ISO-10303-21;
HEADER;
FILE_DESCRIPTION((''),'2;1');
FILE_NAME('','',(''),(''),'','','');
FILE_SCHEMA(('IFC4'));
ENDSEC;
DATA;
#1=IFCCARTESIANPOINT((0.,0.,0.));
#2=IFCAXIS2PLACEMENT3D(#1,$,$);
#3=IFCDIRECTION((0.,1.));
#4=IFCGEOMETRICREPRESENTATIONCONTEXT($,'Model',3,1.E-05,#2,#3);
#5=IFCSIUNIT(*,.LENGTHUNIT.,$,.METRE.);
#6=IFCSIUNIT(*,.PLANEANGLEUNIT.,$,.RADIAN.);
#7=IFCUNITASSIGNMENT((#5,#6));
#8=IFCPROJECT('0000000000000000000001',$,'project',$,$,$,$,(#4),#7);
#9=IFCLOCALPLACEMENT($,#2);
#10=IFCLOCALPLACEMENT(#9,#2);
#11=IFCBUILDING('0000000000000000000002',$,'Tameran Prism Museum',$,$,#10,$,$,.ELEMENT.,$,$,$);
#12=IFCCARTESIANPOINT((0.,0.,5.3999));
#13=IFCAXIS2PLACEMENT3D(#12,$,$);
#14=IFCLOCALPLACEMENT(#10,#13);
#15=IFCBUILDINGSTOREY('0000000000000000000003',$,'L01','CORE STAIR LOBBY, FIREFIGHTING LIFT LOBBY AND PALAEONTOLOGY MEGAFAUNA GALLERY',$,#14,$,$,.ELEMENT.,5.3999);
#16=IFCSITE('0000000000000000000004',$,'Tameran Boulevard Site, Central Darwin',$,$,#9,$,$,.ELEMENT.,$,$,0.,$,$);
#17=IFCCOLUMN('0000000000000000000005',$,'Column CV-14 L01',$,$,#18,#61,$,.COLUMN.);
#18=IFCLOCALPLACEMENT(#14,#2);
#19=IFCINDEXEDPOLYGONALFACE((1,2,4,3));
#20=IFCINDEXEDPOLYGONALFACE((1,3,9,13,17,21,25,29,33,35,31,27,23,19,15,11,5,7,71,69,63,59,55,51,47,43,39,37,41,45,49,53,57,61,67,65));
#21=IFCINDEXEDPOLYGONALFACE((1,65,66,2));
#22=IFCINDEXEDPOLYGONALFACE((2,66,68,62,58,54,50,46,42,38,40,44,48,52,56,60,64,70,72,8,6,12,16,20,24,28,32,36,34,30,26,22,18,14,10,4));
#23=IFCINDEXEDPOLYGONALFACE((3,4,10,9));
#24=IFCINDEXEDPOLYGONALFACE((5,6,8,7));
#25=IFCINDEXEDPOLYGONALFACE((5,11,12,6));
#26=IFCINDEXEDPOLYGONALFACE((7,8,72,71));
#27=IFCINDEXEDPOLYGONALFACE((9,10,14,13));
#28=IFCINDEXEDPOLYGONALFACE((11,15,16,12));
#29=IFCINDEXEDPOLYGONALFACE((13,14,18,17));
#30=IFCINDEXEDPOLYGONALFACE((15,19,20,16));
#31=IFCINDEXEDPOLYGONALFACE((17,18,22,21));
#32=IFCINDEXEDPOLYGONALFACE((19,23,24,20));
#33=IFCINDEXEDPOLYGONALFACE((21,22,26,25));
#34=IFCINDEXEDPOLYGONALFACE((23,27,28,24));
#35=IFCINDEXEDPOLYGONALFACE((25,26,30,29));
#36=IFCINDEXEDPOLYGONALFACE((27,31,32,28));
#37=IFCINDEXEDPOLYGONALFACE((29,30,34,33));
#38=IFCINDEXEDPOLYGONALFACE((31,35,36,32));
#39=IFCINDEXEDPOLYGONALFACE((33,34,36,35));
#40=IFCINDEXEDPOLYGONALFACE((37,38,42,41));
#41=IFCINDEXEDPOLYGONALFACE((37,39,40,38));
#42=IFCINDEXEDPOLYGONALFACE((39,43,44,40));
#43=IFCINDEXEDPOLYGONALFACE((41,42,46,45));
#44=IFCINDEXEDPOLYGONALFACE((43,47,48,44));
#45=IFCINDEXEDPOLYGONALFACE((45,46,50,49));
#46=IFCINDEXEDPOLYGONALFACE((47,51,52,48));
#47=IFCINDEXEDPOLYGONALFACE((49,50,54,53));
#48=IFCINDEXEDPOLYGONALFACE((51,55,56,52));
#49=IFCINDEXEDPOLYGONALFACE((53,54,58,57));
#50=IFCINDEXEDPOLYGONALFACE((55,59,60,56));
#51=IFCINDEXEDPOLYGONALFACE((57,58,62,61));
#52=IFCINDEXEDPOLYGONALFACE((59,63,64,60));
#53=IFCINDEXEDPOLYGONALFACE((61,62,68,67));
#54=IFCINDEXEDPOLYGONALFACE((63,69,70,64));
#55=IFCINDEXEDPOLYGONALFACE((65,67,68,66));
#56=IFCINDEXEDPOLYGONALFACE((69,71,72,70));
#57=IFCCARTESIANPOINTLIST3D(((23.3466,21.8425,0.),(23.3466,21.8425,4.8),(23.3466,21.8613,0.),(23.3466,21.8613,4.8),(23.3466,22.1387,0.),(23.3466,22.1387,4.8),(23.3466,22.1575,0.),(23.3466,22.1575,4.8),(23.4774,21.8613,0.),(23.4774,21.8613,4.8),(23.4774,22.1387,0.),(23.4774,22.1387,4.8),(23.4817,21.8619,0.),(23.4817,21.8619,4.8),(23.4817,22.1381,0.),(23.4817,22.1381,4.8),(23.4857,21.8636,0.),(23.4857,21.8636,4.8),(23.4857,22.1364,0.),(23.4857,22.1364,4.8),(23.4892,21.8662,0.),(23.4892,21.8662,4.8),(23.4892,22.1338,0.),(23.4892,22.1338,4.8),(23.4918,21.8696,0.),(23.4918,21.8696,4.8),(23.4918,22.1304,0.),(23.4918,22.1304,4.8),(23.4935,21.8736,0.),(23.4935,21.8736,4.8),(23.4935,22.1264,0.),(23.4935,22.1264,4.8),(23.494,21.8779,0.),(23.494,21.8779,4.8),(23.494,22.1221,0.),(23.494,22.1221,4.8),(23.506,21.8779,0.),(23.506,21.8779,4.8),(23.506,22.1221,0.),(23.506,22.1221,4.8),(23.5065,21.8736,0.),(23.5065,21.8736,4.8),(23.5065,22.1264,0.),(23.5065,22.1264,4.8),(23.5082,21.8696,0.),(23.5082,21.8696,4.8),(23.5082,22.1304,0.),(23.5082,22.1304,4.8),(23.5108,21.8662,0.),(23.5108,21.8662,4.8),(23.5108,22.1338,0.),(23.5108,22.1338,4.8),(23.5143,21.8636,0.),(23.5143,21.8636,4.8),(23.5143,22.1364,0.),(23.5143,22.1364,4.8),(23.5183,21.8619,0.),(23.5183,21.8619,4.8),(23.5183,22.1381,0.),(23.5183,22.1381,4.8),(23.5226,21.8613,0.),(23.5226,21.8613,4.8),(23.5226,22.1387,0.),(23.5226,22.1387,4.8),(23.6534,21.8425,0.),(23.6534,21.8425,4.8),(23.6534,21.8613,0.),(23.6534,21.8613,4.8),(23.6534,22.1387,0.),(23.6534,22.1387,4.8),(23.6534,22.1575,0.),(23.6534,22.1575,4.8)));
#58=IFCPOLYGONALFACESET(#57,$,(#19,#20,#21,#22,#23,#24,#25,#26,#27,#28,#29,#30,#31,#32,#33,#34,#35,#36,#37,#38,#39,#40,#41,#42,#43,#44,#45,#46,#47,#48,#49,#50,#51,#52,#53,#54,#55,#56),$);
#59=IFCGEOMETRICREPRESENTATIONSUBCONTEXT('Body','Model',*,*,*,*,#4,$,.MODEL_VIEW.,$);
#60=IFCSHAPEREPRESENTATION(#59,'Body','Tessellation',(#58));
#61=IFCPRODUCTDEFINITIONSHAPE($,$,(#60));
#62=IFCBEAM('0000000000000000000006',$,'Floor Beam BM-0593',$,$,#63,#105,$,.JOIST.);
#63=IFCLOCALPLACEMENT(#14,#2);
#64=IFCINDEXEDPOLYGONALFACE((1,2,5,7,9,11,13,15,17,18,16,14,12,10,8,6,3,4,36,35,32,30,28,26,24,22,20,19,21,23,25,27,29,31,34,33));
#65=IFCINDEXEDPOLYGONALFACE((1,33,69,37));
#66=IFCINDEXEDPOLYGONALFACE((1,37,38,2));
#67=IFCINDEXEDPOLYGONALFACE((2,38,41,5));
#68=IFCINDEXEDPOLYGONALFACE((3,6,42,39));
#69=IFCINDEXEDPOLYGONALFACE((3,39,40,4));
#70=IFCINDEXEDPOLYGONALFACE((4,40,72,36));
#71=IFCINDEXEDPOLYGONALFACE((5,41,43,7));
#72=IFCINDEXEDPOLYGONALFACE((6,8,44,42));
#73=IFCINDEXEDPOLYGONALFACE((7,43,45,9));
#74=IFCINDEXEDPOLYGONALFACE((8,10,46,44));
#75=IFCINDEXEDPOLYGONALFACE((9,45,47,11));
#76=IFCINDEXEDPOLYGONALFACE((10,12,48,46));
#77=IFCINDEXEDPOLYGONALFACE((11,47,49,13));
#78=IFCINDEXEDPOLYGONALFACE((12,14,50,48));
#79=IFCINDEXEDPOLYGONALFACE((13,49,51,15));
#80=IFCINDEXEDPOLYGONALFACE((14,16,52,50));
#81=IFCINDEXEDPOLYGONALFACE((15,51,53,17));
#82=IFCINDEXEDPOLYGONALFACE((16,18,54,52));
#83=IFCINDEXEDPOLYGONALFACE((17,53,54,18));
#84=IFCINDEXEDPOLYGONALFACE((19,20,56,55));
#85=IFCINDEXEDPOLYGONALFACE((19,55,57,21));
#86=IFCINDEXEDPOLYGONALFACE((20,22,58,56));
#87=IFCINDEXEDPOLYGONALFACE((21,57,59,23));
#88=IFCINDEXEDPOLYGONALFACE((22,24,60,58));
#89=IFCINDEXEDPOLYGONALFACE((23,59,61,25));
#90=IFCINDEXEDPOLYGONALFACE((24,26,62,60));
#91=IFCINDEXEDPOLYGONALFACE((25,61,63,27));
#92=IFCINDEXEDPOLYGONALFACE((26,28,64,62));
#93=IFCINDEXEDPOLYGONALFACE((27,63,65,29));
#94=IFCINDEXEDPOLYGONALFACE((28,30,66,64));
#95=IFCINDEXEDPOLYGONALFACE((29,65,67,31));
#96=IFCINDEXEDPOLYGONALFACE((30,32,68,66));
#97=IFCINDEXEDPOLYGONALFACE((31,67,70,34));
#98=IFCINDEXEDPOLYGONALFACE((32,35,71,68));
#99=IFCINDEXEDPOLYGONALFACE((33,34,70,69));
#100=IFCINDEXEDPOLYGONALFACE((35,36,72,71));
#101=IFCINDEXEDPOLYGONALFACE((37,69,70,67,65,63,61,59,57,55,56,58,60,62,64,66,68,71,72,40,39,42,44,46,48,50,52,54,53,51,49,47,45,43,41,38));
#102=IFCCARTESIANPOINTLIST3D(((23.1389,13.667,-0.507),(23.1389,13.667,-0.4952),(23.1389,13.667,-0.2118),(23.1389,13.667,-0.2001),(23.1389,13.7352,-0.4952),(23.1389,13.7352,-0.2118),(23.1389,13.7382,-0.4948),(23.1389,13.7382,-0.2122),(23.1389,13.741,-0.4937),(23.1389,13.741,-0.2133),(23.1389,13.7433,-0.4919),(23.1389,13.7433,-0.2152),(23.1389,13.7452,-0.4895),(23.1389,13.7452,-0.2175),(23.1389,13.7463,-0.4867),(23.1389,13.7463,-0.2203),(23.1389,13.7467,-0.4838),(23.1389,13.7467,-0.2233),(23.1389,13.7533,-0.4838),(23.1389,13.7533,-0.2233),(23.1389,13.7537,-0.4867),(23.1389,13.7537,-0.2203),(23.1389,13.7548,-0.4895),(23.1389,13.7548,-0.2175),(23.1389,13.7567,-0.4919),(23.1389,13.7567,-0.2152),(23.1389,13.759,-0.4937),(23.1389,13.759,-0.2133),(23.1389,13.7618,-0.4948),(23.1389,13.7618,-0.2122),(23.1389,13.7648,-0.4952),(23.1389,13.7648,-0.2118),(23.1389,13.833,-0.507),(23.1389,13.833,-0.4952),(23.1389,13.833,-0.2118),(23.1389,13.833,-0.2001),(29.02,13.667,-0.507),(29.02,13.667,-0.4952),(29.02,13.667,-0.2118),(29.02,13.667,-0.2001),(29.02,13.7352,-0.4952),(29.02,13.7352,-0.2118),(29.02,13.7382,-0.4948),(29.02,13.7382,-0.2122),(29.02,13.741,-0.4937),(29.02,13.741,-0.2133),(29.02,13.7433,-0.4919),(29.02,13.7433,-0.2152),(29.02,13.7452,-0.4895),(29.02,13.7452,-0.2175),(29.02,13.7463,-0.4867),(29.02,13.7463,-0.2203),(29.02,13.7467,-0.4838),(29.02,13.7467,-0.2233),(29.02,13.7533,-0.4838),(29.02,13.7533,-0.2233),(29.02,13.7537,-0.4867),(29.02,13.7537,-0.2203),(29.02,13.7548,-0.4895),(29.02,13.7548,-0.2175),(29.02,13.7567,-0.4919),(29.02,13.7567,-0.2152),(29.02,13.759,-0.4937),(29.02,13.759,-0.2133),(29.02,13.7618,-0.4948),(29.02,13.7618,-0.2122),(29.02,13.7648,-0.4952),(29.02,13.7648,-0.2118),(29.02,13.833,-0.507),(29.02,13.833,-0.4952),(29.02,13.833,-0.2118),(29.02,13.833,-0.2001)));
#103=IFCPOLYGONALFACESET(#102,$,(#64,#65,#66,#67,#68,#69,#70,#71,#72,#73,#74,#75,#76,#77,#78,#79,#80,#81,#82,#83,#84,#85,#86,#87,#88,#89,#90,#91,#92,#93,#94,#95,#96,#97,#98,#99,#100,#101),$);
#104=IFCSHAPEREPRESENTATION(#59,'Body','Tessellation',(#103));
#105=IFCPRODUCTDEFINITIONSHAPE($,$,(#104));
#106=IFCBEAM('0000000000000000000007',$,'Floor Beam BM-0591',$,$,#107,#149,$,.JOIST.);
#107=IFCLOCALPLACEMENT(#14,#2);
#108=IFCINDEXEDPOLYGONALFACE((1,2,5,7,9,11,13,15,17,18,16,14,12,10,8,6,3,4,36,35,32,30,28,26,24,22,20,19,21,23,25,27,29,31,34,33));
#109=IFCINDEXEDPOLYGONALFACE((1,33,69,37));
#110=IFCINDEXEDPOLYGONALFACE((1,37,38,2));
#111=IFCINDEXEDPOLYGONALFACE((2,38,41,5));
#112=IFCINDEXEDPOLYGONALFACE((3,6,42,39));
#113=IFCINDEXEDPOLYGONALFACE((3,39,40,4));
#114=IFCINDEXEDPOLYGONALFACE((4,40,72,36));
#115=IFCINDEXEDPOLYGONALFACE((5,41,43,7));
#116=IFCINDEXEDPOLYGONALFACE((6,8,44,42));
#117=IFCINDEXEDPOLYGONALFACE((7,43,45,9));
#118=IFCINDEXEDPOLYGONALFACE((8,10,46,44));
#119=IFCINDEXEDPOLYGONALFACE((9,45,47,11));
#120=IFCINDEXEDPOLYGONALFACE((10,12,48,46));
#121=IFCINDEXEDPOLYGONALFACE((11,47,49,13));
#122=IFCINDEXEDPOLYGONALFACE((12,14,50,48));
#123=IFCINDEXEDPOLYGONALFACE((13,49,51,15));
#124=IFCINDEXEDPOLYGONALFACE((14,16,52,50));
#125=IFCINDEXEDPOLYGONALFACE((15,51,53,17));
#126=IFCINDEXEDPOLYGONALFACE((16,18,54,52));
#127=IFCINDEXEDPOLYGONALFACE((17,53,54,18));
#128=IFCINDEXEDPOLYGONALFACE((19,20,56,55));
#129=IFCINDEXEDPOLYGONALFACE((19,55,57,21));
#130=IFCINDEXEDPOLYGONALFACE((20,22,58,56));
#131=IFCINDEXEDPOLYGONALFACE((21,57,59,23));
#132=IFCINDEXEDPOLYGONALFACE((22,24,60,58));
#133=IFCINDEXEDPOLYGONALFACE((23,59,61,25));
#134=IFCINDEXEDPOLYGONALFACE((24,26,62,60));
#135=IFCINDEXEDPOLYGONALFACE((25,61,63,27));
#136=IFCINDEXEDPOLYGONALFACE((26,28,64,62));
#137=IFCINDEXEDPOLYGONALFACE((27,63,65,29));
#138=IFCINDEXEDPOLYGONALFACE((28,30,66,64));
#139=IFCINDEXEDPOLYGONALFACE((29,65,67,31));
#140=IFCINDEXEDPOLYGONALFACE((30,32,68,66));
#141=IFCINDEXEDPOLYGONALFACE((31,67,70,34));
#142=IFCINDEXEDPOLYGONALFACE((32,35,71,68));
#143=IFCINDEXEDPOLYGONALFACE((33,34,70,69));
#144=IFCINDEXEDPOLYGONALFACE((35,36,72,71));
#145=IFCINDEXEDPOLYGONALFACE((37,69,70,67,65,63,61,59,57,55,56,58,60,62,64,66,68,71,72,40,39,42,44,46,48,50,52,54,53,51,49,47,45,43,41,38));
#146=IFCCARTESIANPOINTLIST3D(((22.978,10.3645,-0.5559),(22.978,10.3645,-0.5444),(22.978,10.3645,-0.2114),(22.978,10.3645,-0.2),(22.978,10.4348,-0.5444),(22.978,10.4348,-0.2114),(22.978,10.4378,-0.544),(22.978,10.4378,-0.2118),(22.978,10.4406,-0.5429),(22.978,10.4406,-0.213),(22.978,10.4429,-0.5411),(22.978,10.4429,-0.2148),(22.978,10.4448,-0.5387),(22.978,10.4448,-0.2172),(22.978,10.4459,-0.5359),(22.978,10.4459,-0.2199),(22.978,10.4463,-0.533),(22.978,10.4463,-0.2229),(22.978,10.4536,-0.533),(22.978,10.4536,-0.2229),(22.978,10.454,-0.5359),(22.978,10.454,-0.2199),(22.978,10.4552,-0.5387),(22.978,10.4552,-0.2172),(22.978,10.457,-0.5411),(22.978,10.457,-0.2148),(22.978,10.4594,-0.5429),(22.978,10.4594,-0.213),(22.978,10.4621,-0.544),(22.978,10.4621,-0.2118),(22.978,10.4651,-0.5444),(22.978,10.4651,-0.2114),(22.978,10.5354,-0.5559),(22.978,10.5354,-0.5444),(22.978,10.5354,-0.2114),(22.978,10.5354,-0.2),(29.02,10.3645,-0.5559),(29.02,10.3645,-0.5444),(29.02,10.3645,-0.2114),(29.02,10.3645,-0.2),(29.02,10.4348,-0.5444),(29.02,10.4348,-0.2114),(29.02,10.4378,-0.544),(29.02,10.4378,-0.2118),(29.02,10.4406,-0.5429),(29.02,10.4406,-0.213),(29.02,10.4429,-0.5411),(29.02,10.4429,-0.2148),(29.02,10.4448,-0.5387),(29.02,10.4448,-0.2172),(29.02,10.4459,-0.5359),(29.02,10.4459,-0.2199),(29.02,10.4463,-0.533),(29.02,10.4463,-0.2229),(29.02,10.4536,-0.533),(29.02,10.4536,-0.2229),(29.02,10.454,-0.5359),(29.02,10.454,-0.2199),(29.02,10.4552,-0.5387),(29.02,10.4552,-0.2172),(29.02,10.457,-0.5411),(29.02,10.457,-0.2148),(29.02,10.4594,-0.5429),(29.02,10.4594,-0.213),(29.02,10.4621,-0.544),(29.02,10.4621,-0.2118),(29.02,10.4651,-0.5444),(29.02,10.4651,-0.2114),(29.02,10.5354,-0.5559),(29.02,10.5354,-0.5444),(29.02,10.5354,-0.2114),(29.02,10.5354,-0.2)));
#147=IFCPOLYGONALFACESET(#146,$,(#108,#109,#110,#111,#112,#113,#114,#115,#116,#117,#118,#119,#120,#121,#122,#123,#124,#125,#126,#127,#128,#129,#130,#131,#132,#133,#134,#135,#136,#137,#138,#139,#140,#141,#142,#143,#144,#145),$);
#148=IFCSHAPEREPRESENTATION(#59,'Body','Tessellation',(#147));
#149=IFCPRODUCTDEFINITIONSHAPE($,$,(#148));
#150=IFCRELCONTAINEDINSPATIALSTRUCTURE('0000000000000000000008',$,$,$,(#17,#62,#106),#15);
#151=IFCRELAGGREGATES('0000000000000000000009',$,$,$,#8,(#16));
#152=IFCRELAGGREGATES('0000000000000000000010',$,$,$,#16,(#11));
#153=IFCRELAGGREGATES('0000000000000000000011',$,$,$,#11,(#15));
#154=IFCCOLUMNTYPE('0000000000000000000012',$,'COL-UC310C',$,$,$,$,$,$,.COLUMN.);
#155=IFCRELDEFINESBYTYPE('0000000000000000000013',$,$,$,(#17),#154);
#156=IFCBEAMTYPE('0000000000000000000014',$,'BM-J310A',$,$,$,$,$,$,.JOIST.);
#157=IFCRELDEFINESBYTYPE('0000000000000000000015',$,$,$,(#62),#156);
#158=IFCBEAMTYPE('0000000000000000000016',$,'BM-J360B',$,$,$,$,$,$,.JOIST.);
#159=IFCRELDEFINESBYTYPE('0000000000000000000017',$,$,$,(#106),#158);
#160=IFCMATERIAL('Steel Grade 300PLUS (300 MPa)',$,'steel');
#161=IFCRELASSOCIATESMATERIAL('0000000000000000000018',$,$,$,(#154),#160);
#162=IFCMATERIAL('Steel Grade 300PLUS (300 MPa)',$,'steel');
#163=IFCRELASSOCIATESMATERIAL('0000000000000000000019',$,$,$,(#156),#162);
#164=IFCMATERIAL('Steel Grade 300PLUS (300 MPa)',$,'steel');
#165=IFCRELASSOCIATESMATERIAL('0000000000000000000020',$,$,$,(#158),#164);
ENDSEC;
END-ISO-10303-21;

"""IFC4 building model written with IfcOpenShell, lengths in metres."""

from ifc_helpers import new_model, si_unit, direction, frame, origin, origin_2d, place, context, subcontext, project, spatial, i_section, extrude, material, material_profile, profile_set, type_object, element, save


model = new_model("IFC4")

# Units and contexts
model_context = context("Model", 3, precision=1e-05, world=origin(), true_north=direction((0.0, 1.0)))
body_context = subcontext(model_context, "Body", "Model", "MODEL_VIEW")
ifc_project = project(units=[si_unit("LENGTHUNIT", "METRE"), si_unit("PLANEANGLEUNIT", "RADIAN")], contexts=[model_context])

# Site, building, storey
site_placement = place(None, origin())
site = spatial("IfcSite", under=ifc_project, at=site_placement, Name="Tameran Boulevard Site, Central Darwin", CompositionType="ELEMENT", RefElevation=0.0)
building_placement = place(site_placement, origin())
building = spatial("IfcBuilding", under=site, at=building_placement, Name="Tameran Prism Museum", CompositionType="ELEMENT")
storey_placement = place(building_placement, frame((0.0, 0.0, 5.3999)))
storey = spatial("IfcBuildingStorey", under=building, at=storey_placement, Name="L01", Description="CORE STAIR LOBBY, FIREFIGHTING LIFT LOBBY AND PALAEONTOLOGY MEGAFAUNA GALLERY", CompositionType="ELEMENT", Elevation=5.3999)

# Column
ifc_material_1 = material(Name="Steel Grade 300PLUS (300 MPa)", Category="steel")
ifc_material_profile_1 = material_profile(ifc_material_1, i_section(OverallWidth=0.3069, OverallDepth=0.3149, WebThickness=0.012, FlangeThickness=0.0188, FilletRadius=0.0166, at=origin_2d()))
ifc_profile_set_1 = profile_set([ifc_material_profile_1])
column_type_1 = type_object("IfcColumnType", Name="COL-UC310C", PredefinedType="COLUMN", material=ifc_profile_set_1)
for number, where, z_axis, x_axis, name in (
    (1, (23.5, 22.0, 0.0), (0.0, 0.0, 1.0), (1.0, 0.0, 0.0), "Column CV-14 L01"),
):
    element("IfcColumn", number, at=place(storey_placement, frame(where, z_axis=z_axis, x_axis=x_axis)), inside=storey, type_object=column_type_1, Name=name, PredefinedType="COLUMN", context=body_context, shape_type="SweptSolid", body=[
        extrude(i_section(OverallWidth=0.3069, OverallDepth=0.3149, WebThickness=0.012, FlangeThickness=0.0188, FilletRadius=0.0166, at=origin_2d()), origin(), (0.0, 0.0, 1.0), 4.8),
    ])

# Beams
ifc_material_2 = material(Name="Steel Grade 300PLUS (300 MPa)", Category="steel")
ifc_material_profile_2 = material_profile(ifc_material_2, i_section(OverallWidth=0.166, OverallDepth=0.3069, WebThickness=0.0066, FlangeThickness=0.0117, FilletRadius=0.0115, at=origin_2d()))
ifc_profile_set_2 = profile_set([ifc_material_profile_2])
beam_type_1 = type_object("IfcBeamType", Name="BM-J310A", PredefinedType="JOIST", material=ifc_profile_set_2)
beam_1_placement = place(storey_placement, frame((23.1389, 13.75, -0.3535), z_axis=(1.0, 0.0, 0.0), x_axis=(0.0, 1.0, 0.0)))
element("IfcBeam", 2, at=beam_1_placement, inside=storey, type_object=beam_type_1, Name="Floor Beam BM-0593", PredefinedType="JOIST", context=body_context, shape_type="SweptSolid", body=[
    extrude(i_section(OverallWidth=0.166, OverallDepth=0.3069, WebThickness=0.0066, FlangeThickness=0.0117, FilletRadius=0.0115, at=origin_2d()), origin(), (0.0, 0.0, 1.0), 5.8811),
])
ifc_material_3 = material(Name="Steel Grade 300PLUS (300 MPa)", Category="steel")
ifc_material_profile_3 = material_profile(ifc_material_3, i_section(OverallWidth=0.1709, OverallDepth=0.356, WebThickness=0.0073, FlangeThickness=0.0115, FilletRadius=0.0115, at=origin_2d()))
ifc_profile_set_3 = profile_set([ifc_material_profile_3])
beam_type_2 = type_object("IfcBeamType", Name="BM-J360B", PredefinedType="JOIST", material=ifc_profile_set_3)
beam_2_placement = place(storey_placement, frame((22.978, 10.45, -0.3779), z_axis=(1.0, 0.0, 0.0), x_axis=(0.0, 1.0, 0.0)))
element("IfcBeam", 3, at=beam_2_placement, inside=storey, type_object=beam_type_2, Name="Floor Beam BM-0591", PredefinedType="JOIST", context=body_context, shape_type="SweptSolid", body=[
    extrude(i_section(OverallWidth=0.1709, OverallDepth=0.356, WebThickness=0.0073, FlangeThickness=0.0115, FilletRadius=0.0115, at=origin_2d()), origin(), (0.0, 0.0, 1.0), 6.042),
])

save(model, "model.ifc")
